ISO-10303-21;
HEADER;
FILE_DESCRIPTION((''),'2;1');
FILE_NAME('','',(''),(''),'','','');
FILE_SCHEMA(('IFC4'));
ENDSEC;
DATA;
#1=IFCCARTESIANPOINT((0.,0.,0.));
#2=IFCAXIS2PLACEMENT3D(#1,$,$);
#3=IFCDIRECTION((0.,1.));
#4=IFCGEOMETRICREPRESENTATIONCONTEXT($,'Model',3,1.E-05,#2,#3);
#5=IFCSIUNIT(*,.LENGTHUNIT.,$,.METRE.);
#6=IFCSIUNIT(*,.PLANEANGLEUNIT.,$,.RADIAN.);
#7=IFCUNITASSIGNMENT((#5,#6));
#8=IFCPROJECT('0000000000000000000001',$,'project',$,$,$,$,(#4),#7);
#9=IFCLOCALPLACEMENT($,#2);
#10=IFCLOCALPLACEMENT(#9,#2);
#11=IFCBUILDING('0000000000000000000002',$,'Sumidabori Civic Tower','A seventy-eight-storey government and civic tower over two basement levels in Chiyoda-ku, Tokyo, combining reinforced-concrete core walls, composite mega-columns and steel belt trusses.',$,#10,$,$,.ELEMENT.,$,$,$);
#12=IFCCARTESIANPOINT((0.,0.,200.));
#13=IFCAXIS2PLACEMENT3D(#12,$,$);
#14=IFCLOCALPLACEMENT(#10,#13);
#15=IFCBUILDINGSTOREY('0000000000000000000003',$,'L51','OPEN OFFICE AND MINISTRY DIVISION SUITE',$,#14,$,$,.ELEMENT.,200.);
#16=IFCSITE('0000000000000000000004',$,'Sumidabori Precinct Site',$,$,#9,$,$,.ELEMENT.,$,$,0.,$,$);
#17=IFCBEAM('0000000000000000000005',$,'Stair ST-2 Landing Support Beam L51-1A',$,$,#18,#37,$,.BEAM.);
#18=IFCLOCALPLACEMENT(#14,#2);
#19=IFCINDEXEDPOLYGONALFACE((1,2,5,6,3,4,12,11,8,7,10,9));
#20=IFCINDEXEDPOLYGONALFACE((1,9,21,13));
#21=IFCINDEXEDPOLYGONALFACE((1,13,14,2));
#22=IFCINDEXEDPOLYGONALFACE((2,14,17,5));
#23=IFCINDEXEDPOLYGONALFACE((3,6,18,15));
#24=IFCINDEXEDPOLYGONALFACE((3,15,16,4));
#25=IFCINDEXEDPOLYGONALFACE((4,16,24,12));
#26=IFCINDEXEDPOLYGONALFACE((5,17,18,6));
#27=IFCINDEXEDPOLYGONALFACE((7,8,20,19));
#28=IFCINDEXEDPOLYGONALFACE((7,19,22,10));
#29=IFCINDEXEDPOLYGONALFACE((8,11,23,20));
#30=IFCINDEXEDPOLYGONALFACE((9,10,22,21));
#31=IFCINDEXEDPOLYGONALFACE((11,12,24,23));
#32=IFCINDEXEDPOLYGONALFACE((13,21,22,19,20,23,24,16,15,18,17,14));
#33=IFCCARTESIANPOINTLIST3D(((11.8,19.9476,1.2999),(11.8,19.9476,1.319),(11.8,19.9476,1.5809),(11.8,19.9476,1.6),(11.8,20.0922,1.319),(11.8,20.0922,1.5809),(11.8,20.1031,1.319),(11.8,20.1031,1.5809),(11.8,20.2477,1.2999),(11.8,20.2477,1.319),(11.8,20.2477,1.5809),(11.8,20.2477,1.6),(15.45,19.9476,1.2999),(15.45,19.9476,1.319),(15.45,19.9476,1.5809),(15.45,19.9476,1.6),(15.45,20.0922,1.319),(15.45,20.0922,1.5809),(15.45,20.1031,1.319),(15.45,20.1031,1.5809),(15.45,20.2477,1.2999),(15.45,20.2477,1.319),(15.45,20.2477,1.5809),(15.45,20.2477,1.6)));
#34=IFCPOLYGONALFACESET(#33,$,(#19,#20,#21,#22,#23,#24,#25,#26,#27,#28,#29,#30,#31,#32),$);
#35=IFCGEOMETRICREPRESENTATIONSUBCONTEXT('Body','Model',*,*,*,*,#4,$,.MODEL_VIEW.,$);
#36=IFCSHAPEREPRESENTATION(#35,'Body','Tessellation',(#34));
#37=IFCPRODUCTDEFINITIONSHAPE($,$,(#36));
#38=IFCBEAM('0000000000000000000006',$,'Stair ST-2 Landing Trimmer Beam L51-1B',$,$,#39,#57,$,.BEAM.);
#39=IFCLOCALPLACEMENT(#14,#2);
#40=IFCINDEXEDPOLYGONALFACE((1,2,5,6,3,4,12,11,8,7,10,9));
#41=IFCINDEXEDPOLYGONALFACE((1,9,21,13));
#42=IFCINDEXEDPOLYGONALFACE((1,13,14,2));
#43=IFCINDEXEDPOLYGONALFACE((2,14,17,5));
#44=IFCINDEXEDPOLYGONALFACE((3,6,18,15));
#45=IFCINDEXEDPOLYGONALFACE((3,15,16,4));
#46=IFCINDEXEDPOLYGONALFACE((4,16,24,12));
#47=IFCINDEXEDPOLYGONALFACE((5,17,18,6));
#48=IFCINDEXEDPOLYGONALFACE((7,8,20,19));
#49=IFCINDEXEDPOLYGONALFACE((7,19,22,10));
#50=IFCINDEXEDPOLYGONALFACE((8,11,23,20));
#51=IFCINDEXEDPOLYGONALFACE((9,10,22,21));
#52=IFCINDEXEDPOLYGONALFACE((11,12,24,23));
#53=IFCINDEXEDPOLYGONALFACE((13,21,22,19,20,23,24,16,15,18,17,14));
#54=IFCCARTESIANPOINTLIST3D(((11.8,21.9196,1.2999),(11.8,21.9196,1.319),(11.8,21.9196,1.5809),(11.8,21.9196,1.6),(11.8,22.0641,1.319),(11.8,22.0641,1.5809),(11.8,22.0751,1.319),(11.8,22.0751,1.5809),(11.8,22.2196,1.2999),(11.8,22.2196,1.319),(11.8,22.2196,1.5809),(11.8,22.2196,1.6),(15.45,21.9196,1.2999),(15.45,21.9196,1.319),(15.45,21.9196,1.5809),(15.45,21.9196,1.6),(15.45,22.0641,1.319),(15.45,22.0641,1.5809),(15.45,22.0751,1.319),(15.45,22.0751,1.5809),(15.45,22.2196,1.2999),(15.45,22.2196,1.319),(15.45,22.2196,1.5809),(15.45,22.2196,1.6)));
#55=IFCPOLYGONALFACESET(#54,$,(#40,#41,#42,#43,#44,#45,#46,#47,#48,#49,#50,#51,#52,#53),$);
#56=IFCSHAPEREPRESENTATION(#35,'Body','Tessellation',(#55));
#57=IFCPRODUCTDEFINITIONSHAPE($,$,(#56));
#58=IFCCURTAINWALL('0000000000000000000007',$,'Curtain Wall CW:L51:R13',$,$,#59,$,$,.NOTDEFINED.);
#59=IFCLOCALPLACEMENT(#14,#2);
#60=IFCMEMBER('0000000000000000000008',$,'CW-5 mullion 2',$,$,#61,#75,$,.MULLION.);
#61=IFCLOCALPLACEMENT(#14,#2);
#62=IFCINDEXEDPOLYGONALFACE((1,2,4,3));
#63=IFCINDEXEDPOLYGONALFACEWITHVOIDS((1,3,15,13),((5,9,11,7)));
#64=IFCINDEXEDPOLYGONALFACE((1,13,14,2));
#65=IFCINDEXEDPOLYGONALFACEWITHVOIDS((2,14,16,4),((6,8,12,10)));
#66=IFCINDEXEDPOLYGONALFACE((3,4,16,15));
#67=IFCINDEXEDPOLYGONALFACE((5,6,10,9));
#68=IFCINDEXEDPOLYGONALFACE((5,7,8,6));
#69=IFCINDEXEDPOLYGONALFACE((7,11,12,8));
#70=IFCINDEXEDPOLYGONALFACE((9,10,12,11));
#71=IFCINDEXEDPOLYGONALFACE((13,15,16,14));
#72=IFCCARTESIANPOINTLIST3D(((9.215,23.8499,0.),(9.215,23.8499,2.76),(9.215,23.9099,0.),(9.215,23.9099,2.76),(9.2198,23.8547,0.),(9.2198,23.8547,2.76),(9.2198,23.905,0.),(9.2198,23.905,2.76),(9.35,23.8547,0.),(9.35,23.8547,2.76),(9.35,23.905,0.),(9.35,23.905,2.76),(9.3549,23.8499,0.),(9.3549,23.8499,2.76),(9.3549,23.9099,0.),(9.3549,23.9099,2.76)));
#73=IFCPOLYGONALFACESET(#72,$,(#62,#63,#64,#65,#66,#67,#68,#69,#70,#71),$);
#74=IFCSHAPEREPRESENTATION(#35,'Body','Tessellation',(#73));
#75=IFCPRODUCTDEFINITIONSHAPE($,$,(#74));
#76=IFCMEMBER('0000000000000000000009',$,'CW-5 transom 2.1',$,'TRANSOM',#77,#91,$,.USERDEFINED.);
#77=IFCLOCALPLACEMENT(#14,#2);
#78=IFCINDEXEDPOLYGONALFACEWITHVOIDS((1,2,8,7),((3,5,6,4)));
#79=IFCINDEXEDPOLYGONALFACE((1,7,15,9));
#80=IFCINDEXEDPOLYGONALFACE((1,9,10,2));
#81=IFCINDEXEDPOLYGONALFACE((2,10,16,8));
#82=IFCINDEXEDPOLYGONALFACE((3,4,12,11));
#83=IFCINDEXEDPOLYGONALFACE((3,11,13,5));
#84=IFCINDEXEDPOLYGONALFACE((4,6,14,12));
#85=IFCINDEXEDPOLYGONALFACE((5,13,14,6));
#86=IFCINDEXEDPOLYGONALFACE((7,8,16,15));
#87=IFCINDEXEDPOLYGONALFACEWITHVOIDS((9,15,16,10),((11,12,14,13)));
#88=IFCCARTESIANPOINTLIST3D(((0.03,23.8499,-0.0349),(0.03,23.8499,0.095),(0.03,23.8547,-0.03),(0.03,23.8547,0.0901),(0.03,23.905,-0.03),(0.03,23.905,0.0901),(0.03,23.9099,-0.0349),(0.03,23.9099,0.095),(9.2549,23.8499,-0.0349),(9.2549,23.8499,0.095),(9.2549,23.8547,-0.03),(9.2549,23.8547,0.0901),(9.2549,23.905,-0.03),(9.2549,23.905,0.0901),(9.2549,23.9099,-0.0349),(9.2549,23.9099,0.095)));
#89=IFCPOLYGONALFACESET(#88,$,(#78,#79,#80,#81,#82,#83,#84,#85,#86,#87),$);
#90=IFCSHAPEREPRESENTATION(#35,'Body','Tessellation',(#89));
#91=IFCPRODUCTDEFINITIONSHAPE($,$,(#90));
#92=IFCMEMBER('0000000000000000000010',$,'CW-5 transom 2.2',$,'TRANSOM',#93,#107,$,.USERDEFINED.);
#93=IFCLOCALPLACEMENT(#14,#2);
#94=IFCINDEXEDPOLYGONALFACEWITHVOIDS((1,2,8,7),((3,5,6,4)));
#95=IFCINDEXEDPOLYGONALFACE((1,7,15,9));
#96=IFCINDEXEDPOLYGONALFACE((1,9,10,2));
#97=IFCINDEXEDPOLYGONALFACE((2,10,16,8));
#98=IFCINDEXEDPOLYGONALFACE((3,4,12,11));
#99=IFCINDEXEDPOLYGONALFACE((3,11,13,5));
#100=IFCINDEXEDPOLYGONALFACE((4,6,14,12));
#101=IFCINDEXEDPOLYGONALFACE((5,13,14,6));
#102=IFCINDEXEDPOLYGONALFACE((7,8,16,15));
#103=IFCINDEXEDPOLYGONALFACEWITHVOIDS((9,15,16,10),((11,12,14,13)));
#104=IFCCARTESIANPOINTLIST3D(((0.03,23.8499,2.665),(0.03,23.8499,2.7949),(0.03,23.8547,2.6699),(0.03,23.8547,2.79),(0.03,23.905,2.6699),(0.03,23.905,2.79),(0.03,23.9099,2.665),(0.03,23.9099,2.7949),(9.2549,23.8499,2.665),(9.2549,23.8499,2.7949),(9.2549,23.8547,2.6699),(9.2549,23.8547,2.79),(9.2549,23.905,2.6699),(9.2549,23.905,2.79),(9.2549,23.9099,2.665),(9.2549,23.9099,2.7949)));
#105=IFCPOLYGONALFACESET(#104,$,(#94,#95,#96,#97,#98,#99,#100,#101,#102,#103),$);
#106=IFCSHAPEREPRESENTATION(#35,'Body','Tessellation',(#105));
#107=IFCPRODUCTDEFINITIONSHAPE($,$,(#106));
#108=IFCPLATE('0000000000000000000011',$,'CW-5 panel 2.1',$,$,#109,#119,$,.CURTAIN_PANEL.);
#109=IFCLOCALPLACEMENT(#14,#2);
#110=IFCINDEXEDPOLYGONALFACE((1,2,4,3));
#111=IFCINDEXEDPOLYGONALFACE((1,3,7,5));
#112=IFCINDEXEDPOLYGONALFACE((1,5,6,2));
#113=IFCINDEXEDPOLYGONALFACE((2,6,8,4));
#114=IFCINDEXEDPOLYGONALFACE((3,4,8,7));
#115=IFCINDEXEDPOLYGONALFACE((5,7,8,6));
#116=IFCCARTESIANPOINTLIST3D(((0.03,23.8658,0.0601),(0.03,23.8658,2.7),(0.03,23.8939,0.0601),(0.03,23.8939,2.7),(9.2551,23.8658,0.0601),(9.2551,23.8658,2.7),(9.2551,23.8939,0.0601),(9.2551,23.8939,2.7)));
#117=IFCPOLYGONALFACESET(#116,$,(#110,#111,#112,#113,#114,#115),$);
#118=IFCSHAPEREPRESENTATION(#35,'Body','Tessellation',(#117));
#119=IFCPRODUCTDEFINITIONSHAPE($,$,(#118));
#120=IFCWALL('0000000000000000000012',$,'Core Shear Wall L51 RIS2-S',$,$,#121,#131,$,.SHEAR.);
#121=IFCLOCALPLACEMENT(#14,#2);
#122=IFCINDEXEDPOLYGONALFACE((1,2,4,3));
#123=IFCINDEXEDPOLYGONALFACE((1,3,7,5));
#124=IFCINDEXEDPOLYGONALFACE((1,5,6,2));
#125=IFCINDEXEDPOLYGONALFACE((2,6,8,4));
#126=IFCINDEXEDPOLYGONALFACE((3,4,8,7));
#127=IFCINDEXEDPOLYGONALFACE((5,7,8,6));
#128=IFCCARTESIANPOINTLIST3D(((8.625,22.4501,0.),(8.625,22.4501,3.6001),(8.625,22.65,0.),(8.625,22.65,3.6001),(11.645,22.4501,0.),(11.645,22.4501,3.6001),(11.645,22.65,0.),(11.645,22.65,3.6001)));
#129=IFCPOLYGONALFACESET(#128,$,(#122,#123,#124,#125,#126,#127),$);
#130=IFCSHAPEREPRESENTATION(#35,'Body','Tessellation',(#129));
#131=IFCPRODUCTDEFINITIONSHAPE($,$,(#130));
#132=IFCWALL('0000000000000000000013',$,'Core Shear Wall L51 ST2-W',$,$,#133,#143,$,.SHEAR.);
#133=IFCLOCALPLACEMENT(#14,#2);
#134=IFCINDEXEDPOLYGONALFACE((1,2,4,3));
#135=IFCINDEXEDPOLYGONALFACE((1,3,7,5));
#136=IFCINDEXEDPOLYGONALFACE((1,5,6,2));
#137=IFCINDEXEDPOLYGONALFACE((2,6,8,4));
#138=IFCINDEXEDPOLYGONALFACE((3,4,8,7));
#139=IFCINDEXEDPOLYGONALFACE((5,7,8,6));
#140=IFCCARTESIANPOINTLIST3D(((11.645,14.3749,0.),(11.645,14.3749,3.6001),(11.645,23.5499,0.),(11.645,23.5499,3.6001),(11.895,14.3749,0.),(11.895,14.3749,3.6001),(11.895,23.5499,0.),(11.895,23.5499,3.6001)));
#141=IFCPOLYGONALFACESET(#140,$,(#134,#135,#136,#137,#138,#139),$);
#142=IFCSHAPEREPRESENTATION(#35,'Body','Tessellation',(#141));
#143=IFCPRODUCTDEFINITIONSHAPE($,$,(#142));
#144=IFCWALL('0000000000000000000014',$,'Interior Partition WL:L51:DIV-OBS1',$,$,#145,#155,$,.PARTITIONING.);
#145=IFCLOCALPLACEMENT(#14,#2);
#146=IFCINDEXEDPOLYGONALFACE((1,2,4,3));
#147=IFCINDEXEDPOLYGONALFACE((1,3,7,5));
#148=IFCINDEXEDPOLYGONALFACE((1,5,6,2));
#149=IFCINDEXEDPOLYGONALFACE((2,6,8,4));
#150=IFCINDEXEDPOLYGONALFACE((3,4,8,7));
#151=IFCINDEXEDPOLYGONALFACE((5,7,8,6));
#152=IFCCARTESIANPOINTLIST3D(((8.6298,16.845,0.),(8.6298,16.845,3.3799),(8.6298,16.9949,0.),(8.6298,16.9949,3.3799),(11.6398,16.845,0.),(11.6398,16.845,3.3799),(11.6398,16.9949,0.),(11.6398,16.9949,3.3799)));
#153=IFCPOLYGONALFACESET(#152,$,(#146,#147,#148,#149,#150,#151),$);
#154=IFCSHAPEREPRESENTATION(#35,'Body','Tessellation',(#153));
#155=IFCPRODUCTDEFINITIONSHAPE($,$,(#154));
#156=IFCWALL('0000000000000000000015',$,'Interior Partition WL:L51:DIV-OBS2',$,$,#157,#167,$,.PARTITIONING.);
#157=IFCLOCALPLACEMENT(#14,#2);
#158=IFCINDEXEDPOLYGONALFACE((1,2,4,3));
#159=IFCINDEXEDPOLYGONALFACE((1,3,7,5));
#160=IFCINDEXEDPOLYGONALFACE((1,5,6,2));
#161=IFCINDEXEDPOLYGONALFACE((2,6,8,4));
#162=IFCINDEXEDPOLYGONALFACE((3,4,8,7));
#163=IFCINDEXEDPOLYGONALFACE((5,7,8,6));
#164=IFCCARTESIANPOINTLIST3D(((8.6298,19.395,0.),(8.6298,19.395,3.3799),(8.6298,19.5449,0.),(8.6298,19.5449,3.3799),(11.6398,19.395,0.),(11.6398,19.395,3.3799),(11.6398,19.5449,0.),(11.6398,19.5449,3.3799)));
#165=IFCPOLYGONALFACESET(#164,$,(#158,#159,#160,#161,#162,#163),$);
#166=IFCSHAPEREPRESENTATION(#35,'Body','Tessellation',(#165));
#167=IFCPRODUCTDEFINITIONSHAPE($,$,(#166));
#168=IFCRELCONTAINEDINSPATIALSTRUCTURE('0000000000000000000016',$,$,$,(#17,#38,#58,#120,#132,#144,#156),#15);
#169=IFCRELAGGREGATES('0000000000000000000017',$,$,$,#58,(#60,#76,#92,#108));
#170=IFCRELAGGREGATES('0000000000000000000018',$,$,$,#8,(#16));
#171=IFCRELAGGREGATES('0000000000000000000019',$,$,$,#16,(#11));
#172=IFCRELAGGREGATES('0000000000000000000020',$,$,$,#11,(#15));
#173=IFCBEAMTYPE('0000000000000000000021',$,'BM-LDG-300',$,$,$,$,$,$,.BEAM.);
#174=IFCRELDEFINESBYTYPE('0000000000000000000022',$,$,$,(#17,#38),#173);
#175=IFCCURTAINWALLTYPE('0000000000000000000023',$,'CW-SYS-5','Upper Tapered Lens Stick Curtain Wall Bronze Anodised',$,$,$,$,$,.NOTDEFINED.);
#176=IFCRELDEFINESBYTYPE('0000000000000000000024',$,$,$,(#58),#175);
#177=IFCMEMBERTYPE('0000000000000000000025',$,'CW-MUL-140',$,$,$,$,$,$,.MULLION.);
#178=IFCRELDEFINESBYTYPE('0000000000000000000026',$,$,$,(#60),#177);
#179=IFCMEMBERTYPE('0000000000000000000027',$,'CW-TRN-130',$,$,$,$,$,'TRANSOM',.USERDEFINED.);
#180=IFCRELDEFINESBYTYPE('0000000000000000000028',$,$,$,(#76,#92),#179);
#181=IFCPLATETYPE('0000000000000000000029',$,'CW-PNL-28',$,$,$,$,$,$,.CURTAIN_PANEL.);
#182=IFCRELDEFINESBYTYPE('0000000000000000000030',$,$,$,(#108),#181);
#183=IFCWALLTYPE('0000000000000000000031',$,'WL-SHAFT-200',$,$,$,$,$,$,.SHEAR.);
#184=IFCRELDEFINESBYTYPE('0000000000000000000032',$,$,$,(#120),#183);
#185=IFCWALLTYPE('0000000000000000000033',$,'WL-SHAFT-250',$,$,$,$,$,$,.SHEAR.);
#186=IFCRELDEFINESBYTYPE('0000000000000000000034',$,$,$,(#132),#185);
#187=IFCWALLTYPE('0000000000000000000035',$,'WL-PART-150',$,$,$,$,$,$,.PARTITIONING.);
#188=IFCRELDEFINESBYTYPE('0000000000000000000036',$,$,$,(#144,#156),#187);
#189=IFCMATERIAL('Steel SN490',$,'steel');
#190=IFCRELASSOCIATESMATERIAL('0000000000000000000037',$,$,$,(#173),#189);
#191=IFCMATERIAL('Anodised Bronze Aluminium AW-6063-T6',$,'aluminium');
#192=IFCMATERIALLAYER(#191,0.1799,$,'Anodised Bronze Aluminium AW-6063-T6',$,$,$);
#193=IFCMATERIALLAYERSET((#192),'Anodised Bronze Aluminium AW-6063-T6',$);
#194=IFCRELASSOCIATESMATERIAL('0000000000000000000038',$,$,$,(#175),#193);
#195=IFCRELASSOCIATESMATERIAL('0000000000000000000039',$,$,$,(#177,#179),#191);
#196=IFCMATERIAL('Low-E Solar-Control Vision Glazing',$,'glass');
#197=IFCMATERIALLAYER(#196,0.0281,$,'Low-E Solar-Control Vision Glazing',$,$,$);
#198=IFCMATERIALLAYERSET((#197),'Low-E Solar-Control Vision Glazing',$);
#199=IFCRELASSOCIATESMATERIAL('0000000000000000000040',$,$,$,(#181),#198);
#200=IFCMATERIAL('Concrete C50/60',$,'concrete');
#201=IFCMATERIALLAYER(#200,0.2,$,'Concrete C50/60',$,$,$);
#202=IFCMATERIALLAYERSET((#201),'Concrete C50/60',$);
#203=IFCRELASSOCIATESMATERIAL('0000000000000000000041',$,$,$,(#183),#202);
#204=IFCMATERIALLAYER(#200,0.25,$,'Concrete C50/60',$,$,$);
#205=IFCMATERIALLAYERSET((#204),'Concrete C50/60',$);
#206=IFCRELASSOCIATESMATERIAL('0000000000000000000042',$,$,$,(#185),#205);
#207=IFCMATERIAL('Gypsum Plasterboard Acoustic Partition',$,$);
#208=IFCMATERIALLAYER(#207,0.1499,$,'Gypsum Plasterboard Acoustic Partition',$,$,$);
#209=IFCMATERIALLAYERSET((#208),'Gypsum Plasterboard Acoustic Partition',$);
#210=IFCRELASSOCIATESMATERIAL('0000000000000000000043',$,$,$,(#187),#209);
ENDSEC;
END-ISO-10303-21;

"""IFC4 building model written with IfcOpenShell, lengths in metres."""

from ifc_helpers import new_model, si_unit, direction, frame, frame_2d, origin, origin_2d, place, context, subcontext, project, spatial, rectangle, hollow_rectangle, i_section, extrude, source, transform, mapped, material, layer, layer_set, material_profile, profile_set, type_object, element, aggregate, save


model = new_model("IFC4")

# Units and contexts
model_context = context("Model", 3, precision=1e-05, world=origin(), true_north=direction((0.0, 1.0)))
body_context = subcontext(model_context, "Body", "Model", "MODEL_VIEW")
ifc_project = project(units=[si_unit("LENGTHUNIT", "METRE"), si_unit("PLANEANGLEUNIT", "RADIAN")], contexts=[model_context])

# Site, building, storey
site_placement = place(None, origin())
site = spatial("IfcSite", under=ifc_project, at=site_placement, Name="Sumidabori Precinct Site", CompositionType="ELEMENT", RefElevation=0.0)
building_placement = place(site_placement, origin())
building = spatial("IfcBuilding", under=site, at=building_placement, Name="Sumidabori Civic Tower", Description="A seventy-eight-storey government and civic tower over two basement levels in Chiyoda-ku, Tokyo, combining reinforced-concrete core walls, composite mega-columns and steel belt trusses.", CompositionType="ELEMENT")
storey_placement = place(building_placement, frame((0.0, 0.0, 200.0)))
storey = spatial("IfcBuildingStorey", under=building, at=storey_placement, Name="L51", Description="OPEN OFFICE AND MINISTRY DIVISION SUITE", CompositionType="ELEMENT", Elevation=200.0)

# Beams
ifc_material_1 = material(Name="Steel SN490", Category="steel")
ifc_material_profile_1 = material_profile(ifc_material_1, i_section(OverallWidth=0.3, OverallDepth=0.3, WebThickness=0.011, FlangeThickness=0.019, at=origin_2d()), Name="HE 300 B")
ifc_profile_set_1 = profile_set([ifc_material_profile_1], Name="Steel SN490")
beam_type = type_object("IfcBeamType", Name="BM-LDG-300", PredefinedType="BEAM", material=ifc_profile_set_1)
shared_shape_1 = source(origin(), body_context, "Body", "SweptSolid", [
    extrude(i_section(OverallWidth=0.3, OverallDepth=0.3, WebThickness=0.011, FlangeThickness=0.019, at=origin_2d()), origin(), (0.0, 0.0, 1.0), 3.6499),
])
for number, where, z_axis, x_axis, name in (
    (1, (11.8, 20.0977, 1.45), (1.0, 0.0, 0.0), (0.0, 1.0, 0.0), "Stair ST-2 Landing Support Beam L51-1A"),
    (2, (11.8, 22.0696, 1.45), (1.0, 0.0, 0.0), (0.0, 1.0, 0.0), "Stair ST-2 Landing Trimmer Beam L51-1B"),
):
    element("IfcBeam", number, at=place(storey_placement, frame(where, z_axis=z_axis, x_axis=x_axis)), inside=storey, type_object=beam_type, Name=name, PredefinedType="BEAM", context=body_context, shape_type="MappedRepresentation", body=[
        mapped(shared_shape_1, transform((0.0, 0.0, 0.0), x_axis=(1.0, 0.0, 0.0), y_axis=(0.0, 1.0, 0.0), z_axis=(0.0, 0.0, 1.0), scale=1.0)),
    ])

# Curtain wall, members, plate
ifc_material_2 = material(Name="Anodised Bronze Aluminium AW-6063-T6", Category="aluminium")
ifc_layer_1 = layer(ifc_material_2, 0.1799, Name="Anodised Bronze Aluminium AW-6063-T6")
ifc_layer_set_1 = layer_set([ifc_layer_1], Name="Anodised Bronze Aluminium AW-6063-T6")
curtain_wall_type = type_object("IfcCurtainWallType", Name="CW-SYS-5", Description="Upper Tapered Lens Stick Curtain Wall Bronze Anodised", PredefinedType="NOTDEFINED", material=ifc_layer_set_1)
curtain_wall_placement = place(storey_placement, origin())
curtain_wall = element("IfcCurtainWall", 3, at=curtain_wall_placement, inside=storey, type_object=curtain_wall_type, Name="Curtain Wall CW:L51:R13", PredefinedType="NOTDEFINED")
ifc_material_profile_2 = material_profile(ifc_material_2, hollow_rectangle(XDim=0.0601, YDim=0.1399, WallThickness=0.0049, at=origin_2d()), Name="ALU MULLION 140x60")
ifc_profile_set_2 = profile_set([ifc_material_profile_2], Name="Anodised Bronze Aluminium AW-6063-T6")
member_type_1 = type_object("IfcMemberType", Name="CW-MUL-140", PredefinedType="MULLION", material=ifc_profile_set_2)
shared_shape_2 = source(origin(), body_context, "Body", "SweptSolid", [
    extrude(hollow_rectangle(XDim=0.0601, YDim=0.1399, WallThickness=0.0049, at=origin_2d()), origin(), (0.0, 0.0, 1.0), 2.76),
])
member_1_placement = place(storey_placement, frame((9.2849, 23.8799, 0.0), z_axis=(0.0, 0.0, 1.0), x_axis=(0.0, -1.0, 0.0)))
member_1 = element("IfcMember", 4, at=member_1_placement, type_object=member_type_1, Name="CW-5 mullion 2", PredefinedType="MULLION", context=body_context, shape_type="MappedRepresentation", body=[
    mapped(shared_shape_2, transform((0.0, 0.0, 0.0), x_axis=(1.0, 0.0, 0.0), y_axis=(0.0, 1.0, 0.0), z_axis=(0.0, 0.0, 1.0), scale=1.0)),
])
ifc_material_profile_3 = material_profile(ifc_material_2, hollow_rectangle(XDim=0.0601, YDim=0.1299, WallThickness=0.0049, at=origin_2d()), Name="ALU TRANSOM 130x60")
ifc_profile_set_3 = profile_set([ifc_material_profile_3], Name="Anodised Bronze Aluminium AW-6063-T6")
member_type_2 = type_object("IfcMemberType", Name="CW-TRN-130", ElementType="TRANSOM", PredefinedType="USERDEFINED", material=ifc_profile_set_3)
shared_shape_3 = source(origin(), body_context, "Body", "SweptSolid", [
    extrude(hollow_rectangle(XDim=0.0601, YDim=0.1299, WallThickness=0.0049, at=origin_2d()), origin(), (0.0, 0.0, 1.0), 9.2249),
])
member_2_placement = place(storey_placement, frame((9.2549, 23.8799, 0.03), z_axis=(-1.0, 0.0, 0.0), x_axis=(0.0, -1.0, 0.0)))
member_2 = element("IfcMember", 5, at=member_2_placement, type_object=member_type_2, Name="CW-5 transom 2.1", ObjectType="TRANSOM", PredefinedType="USERDEFINED", context=body_context, shape_type="MappedRepresentation", body=[
    mapped(shared_shape_3, transform((0.0, 0.0, 0.0), x_axis=(1.0, 0.0, 0.0), y_axis=(0.0, 1.0, 0.0), z_axis=(0.0, 0.0, 1.0), scale=1.0)),
])
member_3_placement = place(storey_placement, frame((9.2549, 23.8799, 2.73), z_axis=(-1.0, 0.0, 0.0), x_axis=(0.0, -1.0, 0.0)))
member_3 = element("IfcMember", 6, at=member_3_placement, type_object=member_type_2, Name="CW-5 transom 2.2", ObjectType="TRANSOM", PredefinedType="USERDEFINED", context=body_context, shape_type="MappedRepresentation", body=[
    mapped(shared_shape_3, transform((0.0, 0.0, 0.0), x_axis=(1.0, 0.0, 0.0), y_axis=(0.0, 1.0, 0.0), z_axis=(0.0, 0.0, 1.0), scale=1.0)),
])
ifc_material_3 = material(Name="Low-E Solar-Control Vision Glazing", Category="glass")
ifc_layer_2 = layer(ifc_material_3, 0.0281, Name="Low-E Solar-Control Vision Glazing")
ifc_layer_set_2 = layer_set([ifc_layer_2], Name="Low-E Solar-Control Vision Glazing")
plate_type = type_object("IfcPlateType", Name="CW-PNL-28", PredefinedType="CURTAIN_PANEL", material=ifc_layer_set_2)
shared_shape_4 = source(origin(), body_context, "Body", "SweptSolid", [
    extrude(rectangle(XDim=9.2251, YDim=0.0281, at=origin_2d()), origin(), (0.0, 0.0, 1.0), 2.6399),
])
plate_placement = place(storey_placement, frame((4.6426, 23.8799, 0.0601), z_axis=(0.0, 0.0, 1.0), x_axis=(-1.0, 0.0, 0.0)))
plate = element("IfcPlate", 7, at=plate_placement, type_object=plate_type, Name="CW-5 panel 2.1", PredefinedType="CURTAIN_PANEL", context=body_context, shape_type="MappedRepresentation", body=[
    mapped(shared_shape_4, transform((0.0, 0.0, 0.0), x_axis=(1.0, 0.0, 0.0), y_axis=(0.0, 1.0, 0.0), z_axis=(0.0, 0.0, 1.0), scale=1.0)),
])
aggregate(curtain_wall, [member_1, member_2, member_3, plate])

# Walls
ifc_material_4 = material(Name="Concrete C50/60", Category="concrete")
ifc_layer_3 = layer(ifc_material_4, 0.2, Name="Concrete C50/60")
ifc_layer_set_3 = layer_set([ifc_layer_3], Name="Concrete C50/60")
wall_type_1 = type_object("IfcWallType", Name="WL-SHAFT-200", PredefinedType="SHEAR", material=ifc_layer_set_3)
shared_shape_5 = source(origin(), body_context, "Body", "SweptSolid", [
    extrude(rectangle(XDim=3.02, YDim=0.2, at=frame_2d((1.51, 0.0))), origin(), (0.0, 0.0, 1.0), 3.6001),
])
wall_1_placement = place(storey_placement, frame((8.625, 22.55, 0.0), z_axis=(0.0, 0.0, 1.0), x_axis=(1.0, 0.0, 0.0)))
element("IfcWall", 8, at=wall_1_placement, inside=storey, type_object=wall_type_1, Name="Core Shear Wall L51 RIS2-S", PredefinedType="SHEAR", context=body_context, shape_type="MappedRepresentation", body=[
    mapped(shared_shape_5, transform((0.0, 0.0, 0.0), x_axis=(1.0, 0.0, 0.0), y_axis=(0.0, 1.0, 0.0), z_axis=(0.0, 0.0, 1.0), scale=1.0)),
])
ifc_layer_4 = layer(ifc_material_4, 0.25, Name="Concrete C50/60")
ifc_layer_set_4 = layer_set([ifc_layer_4], Name="Concrete C50/60")
wall_type_2 = type_object("IfcWallType", Name="WL-SHAFT-250", PredefinedType="SHEAR", material=ifc_layer_set_4)
shared_shape_6 = source(origin(), body_context, "Body", "SweptSolid", [
    extrude(rectangle(XDim=9.175, YDim=0.25, at=frame_2d((4.5874, 0.0))), origin(), (0.0, 0.0, 1.0), 3.6001),
])
wall_2_placement = place(storey_placement, frame((11.77, 14.375, 0.0), z_axis=(0.0, 0.0, 1.0), x_axis=(0.0, 1.0, 0.0)))
element("IfcWall", 9, at=wall_2_placement, inside=storey, type_object=wall_type_2, Name="Core Shear Wall L51 ST2-W", PredefinedType="SHEAR", context=body_context, shape_type="MappedRepresentation", body=[
    mapped(shared_shape_6, transform((0.0, 0.0, 0.0), x_axis=(1.0, 0.0, 0.0), y_axis=(0.0, 1.0, 0.0), z_axis=(0.0, 0.0, 1.0), scale=1.0)),
])
ifc_material_5 = material(Name="Gypsum Plasterboard Acoustic Partition")
ifc_layer_5 = layer(ifc_material_5, 0.1499, Name="Gypsum Plasterboard Acoustic Partition")
ifc_layer_set_5 = layer_set([ifc_layer_5], Name="Gypsum Plasterboard Acoustic Partition")
wall_type_3 = type_object("IfcWallType", Name="WL-PART-150", PredefinedType="PARTITIONING", material=ifc_layer_set_5)
shared_shape_7 = source(origin(), body_context, "Body", "SweptSolid", [
    extrude(rectangle(XDim=3.01, YDim=0.1499, at=frame_2d((1.5049, 0.0))), origin(), (0.0, 0.0, 1.0), 3.3799),
])
for number, where, z_axis, x_axis, name in (
    (10, (8.6299, 16.9199, 0.0), (0.0, 0.0, 1.0), (1.0, 0.0, 0.0), "Interior Partition WL:L51:DIV-OBS1"),
    (11, (8.6299, 19.47, 0.0), (0.0, 0.0, 1.0), (1.0, 0.0, 0.0), "Interior Partition WL:L51:DIV-OBS2"),
):
    element("IfcWall", number, at=place(storey_placement, frame(where, z_axis=z_axis, x_axis=x_axis)), inside=storey, type_object=wall_type_3, Name=name, PredefinedType="PARTITIONING", context=body_context, shape_type="MappedRepresentation", body=[
        mapped(shared_shape_7, transform((0.0, 0.0, 0.0), x_axis=(1.0, 0.0, 0.0), y_axis=(0.0, 1.0, 0.0), z_axis=(0.0, 0.0, 1.0), scale=1.0)),
    ])

save(model, "model.ifc")
